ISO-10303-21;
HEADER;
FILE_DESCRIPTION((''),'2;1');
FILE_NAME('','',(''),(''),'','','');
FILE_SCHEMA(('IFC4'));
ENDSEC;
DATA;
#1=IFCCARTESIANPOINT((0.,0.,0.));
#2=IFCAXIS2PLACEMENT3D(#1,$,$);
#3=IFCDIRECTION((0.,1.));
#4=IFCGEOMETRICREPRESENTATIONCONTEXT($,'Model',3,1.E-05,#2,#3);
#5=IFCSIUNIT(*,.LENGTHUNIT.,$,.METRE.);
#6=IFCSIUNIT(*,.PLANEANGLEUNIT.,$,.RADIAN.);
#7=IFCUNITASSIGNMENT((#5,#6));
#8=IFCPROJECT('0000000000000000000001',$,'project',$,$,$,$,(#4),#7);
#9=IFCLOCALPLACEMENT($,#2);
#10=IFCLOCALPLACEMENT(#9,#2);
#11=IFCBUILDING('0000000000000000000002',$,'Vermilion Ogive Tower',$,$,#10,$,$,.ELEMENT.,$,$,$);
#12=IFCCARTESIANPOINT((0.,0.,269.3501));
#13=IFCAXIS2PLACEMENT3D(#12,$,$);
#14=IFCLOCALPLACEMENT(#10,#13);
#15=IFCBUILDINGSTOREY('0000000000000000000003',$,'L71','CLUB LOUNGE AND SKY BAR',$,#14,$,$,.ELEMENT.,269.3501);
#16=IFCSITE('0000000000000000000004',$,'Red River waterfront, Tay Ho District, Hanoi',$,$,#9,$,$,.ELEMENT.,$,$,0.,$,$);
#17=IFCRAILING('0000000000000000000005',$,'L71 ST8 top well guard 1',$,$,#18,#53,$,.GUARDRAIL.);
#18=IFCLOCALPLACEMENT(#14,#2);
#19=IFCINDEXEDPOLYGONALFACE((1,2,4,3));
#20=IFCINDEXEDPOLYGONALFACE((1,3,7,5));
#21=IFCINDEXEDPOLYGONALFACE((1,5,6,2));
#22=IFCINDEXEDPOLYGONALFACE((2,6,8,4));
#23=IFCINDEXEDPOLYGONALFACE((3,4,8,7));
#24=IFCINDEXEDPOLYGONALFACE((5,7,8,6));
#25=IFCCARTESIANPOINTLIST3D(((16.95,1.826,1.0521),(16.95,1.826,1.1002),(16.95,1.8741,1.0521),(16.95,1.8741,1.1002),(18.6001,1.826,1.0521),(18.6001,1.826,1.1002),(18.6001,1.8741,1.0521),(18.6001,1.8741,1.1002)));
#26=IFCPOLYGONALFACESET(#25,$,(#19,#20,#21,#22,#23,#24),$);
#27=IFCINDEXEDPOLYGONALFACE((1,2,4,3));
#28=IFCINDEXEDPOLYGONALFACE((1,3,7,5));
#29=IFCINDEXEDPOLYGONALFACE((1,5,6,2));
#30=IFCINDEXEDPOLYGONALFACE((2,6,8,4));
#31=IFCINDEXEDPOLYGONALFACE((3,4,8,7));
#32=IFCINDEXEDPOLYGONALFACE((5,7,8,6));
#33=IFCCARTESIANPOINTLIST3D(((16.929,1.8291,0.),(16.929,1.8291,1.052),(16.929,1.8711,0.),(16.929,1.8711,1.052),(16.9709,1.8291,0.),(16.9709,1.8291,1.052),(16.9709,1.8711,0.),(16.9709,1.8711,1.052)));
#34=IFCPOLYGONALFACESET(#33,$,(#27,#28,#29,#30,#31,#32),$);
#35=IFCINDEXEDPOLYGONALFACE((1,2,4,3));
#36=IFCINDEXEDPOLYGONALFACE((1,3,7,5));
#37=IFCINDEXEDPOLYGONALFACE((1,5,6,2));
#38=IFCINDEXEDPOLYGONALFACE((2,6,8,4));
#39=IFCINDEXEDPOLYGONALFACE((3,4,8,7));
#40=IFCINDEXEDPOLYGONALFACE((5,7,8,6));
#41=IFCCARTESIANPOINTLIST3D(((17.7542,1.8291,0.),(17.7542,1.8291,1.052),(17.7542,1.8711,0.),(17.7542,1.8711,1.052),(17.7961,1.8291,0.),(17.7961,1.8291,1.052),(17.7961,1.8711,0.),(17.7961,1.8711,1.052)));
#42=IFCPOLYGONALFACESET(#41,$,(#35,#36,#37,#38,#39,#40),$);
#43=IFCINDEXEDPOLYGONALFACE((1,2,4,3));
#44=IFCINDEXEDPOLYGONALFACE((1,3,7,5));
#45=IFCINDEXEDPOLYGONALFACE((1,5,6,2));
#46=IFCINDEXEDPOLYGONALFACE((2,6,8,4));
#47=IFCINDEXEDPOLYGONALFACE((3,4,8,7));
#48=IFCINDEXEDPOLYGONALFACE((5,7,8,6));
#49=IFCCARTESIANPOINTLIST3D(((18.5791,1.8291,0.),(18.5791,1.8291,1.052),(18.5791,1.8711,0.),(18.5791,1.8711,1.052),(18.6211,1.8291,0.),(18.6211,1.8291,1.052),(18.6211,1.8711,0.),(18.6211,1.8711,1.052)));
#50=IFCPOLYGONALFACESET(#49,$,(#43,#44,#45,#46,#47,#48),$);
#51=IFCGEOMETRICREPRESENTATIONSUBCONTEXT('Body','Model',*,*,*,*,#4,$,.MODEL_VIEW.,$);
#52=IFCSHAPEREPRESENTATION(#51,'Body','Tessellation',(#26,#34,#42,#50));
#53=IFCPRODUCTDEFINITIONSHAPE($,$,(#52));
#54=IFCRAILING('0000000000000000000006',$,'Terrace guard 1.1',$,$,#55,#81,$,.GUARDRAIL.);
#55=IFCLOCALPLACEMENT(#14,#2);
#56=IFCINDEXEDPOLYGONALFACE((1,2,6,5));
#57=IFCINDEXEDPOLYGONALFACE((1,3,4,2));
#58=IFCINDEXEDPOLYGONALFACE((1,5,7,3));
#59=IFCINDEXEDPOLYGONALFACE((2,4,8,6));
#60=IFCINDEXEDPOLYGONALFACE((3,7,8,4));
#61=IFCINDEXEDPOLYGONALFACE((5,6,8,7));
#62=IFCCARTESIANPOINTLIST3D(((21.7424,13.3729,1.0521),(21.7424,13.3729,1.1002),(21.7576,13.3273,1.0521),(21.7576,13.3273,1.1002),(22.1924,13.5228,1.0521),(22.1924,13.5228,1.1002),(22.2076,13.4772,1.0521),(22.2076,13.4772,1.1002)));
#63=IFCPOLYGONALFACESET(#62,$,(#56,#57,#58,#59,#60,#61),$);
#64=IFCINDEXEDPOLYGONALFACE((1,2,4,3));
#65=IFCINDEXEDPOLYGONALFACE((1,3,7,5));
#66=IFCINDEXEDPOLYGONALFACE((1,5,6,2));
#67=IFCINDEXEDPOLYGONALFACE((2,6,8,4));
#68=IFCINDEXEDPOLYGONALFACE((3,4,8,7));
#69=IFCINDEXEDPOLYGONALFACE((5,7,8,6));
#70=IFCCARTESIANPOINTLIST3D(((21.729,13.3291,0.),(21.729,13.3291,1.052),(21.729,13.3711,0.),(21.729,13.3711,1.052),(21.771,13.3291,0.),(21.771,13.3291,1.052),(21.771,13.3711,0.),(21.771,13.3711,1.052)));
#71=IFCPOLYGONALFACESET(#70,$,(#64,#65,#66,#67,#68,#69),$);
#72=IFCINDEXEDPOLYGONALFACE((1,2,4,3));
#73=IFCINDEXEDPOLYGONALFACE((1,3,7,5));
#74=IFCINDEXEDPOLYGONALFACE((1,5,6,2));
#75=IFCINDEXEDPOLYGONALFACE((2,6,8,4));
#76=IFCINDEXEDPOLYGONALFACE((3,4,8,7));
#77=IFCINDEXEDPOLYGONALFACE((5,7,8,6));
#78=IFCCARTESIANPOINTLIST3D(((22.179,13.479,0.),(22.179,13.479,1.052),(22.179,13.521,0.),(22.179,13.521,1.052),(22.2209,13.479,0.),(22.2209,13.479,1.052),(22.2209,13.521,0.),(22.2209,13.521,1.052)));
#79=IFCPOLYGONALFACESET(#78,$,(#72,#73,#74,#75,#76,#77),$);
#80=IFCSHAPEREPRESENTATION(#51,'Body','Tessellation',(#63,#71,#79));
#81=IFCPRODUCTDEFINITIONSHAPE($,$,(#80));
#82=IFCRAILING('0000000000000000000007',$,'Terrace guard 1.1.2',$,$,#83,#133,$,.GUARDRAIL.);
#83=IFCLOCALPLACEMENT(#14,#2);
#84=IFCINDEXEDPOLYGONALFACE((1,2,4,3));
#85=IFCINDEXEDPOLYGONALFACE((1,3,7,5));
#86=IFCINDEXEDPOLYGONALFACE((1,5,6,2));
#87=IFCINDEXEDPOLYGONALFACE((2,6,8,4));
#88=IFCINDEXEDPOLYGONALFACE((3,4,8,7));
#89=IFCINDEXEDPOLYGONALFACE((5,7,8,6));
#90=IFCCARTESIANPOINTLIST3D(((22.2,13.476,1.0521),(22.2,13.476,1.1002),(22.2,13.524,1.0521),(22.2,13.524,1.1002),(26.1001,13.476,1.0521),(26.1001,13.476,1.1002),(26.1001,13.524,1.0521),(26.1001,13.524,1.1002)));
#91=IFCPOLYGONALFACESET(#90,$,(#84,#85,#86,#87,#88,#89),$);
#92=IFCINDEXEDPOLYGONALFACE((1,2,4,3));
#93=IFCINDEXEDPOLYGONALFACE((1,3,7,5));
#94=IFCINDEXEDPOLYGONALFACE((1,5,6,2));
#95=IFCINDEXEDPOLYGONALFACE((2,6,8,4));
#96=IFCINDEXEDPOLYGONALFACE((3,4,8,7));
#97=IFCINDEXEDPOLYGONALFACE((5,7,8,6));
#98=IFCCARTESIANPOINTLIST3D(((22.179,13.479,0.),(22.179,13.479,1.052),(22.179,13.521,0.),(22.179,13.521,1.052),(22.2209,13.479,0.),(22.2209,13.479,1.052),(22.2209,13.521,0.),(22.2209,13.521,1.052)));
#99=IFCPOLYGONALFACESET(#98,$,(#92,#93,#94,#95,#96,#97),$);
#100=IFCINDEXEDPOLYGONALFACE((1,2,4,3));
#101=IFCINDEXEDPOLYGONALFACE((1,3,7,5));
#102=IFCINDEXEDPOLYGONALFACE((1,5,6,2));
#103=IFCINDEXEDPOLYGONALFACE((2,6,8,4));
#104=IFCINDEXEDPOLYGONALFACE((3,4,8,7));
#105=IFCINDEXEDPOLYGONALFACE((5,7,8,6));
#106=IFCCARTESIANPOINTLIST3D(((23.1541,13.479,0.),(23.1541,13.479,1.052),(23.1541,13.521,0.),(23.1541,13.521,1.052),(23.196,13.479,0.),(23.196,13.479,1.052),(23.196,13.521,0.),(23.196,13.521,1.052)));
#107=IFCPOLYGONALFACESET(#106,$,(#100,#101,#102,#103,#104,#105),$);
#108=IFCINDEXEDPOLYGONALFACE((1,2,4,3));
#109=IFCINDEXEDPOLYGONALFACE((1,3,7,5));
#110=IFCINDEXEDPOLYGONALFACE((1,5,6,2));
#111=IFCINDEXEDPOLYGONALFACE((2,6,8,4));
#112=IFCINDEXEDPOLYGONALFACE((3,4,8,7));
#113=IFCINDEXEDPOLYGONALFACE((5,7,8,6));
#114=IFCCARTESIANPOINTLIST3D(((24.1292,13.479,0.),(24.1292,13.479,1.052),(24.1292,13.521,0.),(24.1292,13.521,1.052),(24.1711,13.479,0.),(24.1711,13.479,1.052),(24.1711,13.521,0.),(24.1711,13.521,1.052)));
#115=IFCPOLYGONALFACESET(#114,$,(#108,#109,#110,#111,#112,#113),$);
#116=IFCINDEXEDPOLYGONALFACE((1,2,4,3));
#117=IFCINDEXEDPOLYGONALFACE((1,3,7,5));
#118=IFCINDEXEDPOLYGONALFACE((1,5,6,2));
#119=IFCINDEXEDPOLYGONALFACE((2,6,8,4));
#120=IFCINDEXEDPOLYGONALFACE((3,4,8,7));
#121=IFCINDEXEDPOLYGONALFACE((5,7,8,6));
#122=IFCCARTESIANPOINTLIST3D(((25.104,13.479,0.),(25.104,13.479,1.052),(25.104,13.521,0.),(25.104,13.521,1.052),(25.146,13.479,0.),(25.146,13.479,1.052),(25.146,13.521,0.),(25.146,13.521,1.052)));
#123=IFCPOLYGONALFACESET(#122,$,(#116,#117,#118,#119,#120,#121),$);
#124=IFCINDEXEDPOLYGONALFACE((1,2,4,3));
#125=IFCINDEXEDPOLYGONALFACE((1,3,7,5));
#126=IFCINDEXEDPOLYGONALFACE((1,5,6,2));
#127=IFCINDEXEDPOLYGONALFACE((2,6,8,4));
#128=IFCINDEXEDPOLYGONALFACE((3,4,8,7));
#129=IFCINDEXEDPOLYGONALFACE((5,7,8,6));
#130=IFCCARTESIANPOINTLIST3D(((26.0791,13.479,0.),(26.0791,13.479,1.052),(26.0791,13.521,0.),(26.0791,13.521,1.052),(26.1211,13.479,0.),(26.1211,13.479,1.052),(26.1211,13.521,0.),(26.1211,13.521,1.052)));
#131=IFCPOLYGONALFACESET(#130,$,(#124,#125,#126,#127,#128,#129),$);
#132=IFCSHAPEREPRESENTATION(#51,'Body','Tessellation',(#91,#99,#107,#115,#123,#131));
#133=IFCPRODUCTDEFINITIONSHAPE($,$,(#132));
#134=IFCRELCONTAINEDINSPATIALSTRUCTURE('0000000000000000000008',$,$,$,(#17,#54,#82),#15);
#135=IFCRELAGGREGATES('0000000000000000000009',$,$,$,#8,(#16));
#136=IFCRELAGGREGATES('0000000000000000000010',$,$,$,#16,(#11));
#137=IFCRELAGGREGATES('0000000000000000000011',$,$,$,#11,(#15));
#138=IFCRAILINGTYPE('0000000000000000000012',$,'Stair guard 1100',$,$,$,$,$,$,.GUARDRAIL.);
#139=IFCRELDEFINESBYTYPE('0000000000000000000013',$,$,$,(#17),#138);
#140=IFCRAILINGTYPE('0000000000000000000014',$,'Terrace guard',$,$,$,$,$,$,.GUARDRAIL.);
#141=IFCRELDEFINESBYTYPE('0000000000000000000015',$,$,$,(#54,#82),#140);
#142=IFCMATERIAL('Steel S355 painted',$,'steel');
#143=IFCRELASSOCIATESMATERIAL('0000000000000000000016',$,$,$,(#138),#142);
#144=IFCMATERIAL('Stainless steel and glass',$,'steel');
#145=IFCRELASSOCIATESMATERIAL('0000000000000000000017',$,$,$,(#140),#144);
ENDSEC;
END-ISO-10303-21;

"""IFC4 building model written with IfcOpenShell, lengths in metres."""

from ifc_helpers import new_model, si_unit, direction, frame, origin, origin_2d, place, context, subcontext, project, spatial, rectangle, extrude, material, type_object, element, save


model = new_model("IFC4")

# Units and contexts
model_context = context("Model", 3, precision=1e-05, world=origin(), true_north=direction((0.0, 1.0)))
body_context = subcontext(model_context, "Body", "Model", "MODEL_VIEW")
ifc_project = project(units=[si_unit("LENGTHUNIT", "METRE"), si_unit("PLANEANGLEUNIT", "RADIAN")], contexts=[model_context])

# Site, building, storey
site_placement = place(None, origin())
site = spatial("IfcSite", under=ifc_project, at=site_placement, Name="Red River waterfront, Tay Ho District, Hanoi", CompositionType="ELEMENT", RefElevation=0.0)
building_placement = place(site_placement, origin())
building = spatial("IfcBuilding", under=site, at=building_placement, Name="Vermilion Ogive Tower", CompositionType="ELEMENT")
storey_placement = place(building_placement, frame((0.0, 0.0, 269.3501)))
storey = spatial("IfcBuildingStorey", under=building, at=storey_placement, Name="L71", Description="CLUB LOUNGE AND SKY BAR", CompositionType="ELEMENT", Elevation=269.3501)

# Railings
ifc_material_1 = material(Name="Steel S355 painted", Category="steel")
railing_type_1 = type_object("IfcRailingType", Name="Stair guard 1100", PredefinedType="GUARDRAIL", material=ifc_material_1)
railing_1_placement = place(storey_placement, frame((16.95, 1.8501, 0.0)))
element("IfcRailing", 1, at=railing_1_placement, inside=storey, type_object=railing_type_1, Name="L71 ST8 top well guard 1", PredefinedType="GUARDRAIL", context=body_context, shape_type="SweptSolid", body=[
    extrude(rectangle(XDim=0.0481, YDim=0.0481, at=origin_2d()), frame((0.0, 0.0, 1.0762), z_axis=(1.0, 0.0, 0.0), x_axis=(0.0, 1.0, 0.0)), (0.0, 0.0, 1.0), 1.6501),
    extrude(rectangle(XDim=0.042, YDim=0.042, at=origin_2d()), origin(), (0.0, 0.0, 1.0), 1.052),
    extrude(rectangle(XDim=0.042, YDim=0.042, at=origin_2d()), frame((0.8252, 0.0, 0.0)), (0.0, 0.0, 1.0), 1.052),
    extrude(rectangle(XDim=0.042, YDim=0.042, at=origin_2d()), frame((1.6501, 0.0, 0.0)), (0.0, 0.0, 1.0), 1.052),
])
ifc_material_2 = material(Name="Stainless steel and glass", Category="steel")
railing_type_2 = type_object("IfcRailingType", Name="Terrace guard", PredefinedType="GUARDRAIL", material=ifc_material_2)
railing_2_placement = place(storey_placement, frame((21.75, 13.3501, 0.0)))
element("IfcRailing", 2, at=railing_2_placement, inside=storey, type_object=railing_type_2, Name="Terrace guard 1.1", PredefinedType="GUARDRAIL", context=body_context, shape_type="SweptSolid", body=[
    extrude(rectangle(XDim=0.0481, YDim=0.0481, at=origin_2d()), frame((0.0, 0.0, 1.0762), z_axis=(0.948735, 0.316073, 0.0), x_axis=(-0.316073, 0.948735, 0.0)), (0.0, 0.0, 1.0), 0.4744),
    extrude(rectangle(XDim=0.042, YDim=0.042, at=origin_2d()), origin(), (0.0, 0.0, 1.0), 1.052),
    extrude(rectangle(XDim=0.042, YDim=0.042, at=origin_2d()), frame((0.45, 0.1499, 0.0)), (0.0, 0.0, 1.0), 1.052),
])
railing_3_placement = place(storey_placement, frame((22.2, 13.5, 0.0)))
element("IfcRailing", 3, at=railing_3_placement, inside=storey, type_object=railing_type_2, Name="Terrace guard 1.1.2", PredefinedType="GUARDRAIL", context=body_context, shape_type="SweptSolid", body=[
    extrude(rectangle(XDim=0.0481, YDim=0.0481, at=origin_2d()), frame((0.0, 0.0, 1.0762), z_axis=(1.0, 0.0, 0.0), x_axis=(0.0, 1.0, 0.0)), (0.0, 0.0, 1.0), 3.9001),
    extrude(rectangle(XDim=0.042, YDim=0.042, at=origin_2d()), origin(), (0.0, 0.0, 1.0), 1.052),
    extrude(rectangle(XDim=0.042, YDim=0.042, at=origin_2d()), frame((0.9751, 0.0, 0.0)), (0.0, 0.0, 1.0), 1.052),
    extrude(rectangle(XDim=0.042, YDim=0.042, at=origin_2d()), frame((1.9502, 0.0, 0.0)), (0.0, 0.0, 1.0), 1.052),
    extrude(rectangle(XDim=0.042, YDim=0.042, at=origin_2d()), frame((2.925, 0.0, 0.0)), (0.0, 0.0, 1.0), 1.052),
    extrude(rectangle(XDim=0.042, YDim=0.042, at=origin_2d()), frame((3.9001, 0.0, 0.0)), (0.0, 0.0, 1.0), 1.052),
])

save(model, "model.ifc")
